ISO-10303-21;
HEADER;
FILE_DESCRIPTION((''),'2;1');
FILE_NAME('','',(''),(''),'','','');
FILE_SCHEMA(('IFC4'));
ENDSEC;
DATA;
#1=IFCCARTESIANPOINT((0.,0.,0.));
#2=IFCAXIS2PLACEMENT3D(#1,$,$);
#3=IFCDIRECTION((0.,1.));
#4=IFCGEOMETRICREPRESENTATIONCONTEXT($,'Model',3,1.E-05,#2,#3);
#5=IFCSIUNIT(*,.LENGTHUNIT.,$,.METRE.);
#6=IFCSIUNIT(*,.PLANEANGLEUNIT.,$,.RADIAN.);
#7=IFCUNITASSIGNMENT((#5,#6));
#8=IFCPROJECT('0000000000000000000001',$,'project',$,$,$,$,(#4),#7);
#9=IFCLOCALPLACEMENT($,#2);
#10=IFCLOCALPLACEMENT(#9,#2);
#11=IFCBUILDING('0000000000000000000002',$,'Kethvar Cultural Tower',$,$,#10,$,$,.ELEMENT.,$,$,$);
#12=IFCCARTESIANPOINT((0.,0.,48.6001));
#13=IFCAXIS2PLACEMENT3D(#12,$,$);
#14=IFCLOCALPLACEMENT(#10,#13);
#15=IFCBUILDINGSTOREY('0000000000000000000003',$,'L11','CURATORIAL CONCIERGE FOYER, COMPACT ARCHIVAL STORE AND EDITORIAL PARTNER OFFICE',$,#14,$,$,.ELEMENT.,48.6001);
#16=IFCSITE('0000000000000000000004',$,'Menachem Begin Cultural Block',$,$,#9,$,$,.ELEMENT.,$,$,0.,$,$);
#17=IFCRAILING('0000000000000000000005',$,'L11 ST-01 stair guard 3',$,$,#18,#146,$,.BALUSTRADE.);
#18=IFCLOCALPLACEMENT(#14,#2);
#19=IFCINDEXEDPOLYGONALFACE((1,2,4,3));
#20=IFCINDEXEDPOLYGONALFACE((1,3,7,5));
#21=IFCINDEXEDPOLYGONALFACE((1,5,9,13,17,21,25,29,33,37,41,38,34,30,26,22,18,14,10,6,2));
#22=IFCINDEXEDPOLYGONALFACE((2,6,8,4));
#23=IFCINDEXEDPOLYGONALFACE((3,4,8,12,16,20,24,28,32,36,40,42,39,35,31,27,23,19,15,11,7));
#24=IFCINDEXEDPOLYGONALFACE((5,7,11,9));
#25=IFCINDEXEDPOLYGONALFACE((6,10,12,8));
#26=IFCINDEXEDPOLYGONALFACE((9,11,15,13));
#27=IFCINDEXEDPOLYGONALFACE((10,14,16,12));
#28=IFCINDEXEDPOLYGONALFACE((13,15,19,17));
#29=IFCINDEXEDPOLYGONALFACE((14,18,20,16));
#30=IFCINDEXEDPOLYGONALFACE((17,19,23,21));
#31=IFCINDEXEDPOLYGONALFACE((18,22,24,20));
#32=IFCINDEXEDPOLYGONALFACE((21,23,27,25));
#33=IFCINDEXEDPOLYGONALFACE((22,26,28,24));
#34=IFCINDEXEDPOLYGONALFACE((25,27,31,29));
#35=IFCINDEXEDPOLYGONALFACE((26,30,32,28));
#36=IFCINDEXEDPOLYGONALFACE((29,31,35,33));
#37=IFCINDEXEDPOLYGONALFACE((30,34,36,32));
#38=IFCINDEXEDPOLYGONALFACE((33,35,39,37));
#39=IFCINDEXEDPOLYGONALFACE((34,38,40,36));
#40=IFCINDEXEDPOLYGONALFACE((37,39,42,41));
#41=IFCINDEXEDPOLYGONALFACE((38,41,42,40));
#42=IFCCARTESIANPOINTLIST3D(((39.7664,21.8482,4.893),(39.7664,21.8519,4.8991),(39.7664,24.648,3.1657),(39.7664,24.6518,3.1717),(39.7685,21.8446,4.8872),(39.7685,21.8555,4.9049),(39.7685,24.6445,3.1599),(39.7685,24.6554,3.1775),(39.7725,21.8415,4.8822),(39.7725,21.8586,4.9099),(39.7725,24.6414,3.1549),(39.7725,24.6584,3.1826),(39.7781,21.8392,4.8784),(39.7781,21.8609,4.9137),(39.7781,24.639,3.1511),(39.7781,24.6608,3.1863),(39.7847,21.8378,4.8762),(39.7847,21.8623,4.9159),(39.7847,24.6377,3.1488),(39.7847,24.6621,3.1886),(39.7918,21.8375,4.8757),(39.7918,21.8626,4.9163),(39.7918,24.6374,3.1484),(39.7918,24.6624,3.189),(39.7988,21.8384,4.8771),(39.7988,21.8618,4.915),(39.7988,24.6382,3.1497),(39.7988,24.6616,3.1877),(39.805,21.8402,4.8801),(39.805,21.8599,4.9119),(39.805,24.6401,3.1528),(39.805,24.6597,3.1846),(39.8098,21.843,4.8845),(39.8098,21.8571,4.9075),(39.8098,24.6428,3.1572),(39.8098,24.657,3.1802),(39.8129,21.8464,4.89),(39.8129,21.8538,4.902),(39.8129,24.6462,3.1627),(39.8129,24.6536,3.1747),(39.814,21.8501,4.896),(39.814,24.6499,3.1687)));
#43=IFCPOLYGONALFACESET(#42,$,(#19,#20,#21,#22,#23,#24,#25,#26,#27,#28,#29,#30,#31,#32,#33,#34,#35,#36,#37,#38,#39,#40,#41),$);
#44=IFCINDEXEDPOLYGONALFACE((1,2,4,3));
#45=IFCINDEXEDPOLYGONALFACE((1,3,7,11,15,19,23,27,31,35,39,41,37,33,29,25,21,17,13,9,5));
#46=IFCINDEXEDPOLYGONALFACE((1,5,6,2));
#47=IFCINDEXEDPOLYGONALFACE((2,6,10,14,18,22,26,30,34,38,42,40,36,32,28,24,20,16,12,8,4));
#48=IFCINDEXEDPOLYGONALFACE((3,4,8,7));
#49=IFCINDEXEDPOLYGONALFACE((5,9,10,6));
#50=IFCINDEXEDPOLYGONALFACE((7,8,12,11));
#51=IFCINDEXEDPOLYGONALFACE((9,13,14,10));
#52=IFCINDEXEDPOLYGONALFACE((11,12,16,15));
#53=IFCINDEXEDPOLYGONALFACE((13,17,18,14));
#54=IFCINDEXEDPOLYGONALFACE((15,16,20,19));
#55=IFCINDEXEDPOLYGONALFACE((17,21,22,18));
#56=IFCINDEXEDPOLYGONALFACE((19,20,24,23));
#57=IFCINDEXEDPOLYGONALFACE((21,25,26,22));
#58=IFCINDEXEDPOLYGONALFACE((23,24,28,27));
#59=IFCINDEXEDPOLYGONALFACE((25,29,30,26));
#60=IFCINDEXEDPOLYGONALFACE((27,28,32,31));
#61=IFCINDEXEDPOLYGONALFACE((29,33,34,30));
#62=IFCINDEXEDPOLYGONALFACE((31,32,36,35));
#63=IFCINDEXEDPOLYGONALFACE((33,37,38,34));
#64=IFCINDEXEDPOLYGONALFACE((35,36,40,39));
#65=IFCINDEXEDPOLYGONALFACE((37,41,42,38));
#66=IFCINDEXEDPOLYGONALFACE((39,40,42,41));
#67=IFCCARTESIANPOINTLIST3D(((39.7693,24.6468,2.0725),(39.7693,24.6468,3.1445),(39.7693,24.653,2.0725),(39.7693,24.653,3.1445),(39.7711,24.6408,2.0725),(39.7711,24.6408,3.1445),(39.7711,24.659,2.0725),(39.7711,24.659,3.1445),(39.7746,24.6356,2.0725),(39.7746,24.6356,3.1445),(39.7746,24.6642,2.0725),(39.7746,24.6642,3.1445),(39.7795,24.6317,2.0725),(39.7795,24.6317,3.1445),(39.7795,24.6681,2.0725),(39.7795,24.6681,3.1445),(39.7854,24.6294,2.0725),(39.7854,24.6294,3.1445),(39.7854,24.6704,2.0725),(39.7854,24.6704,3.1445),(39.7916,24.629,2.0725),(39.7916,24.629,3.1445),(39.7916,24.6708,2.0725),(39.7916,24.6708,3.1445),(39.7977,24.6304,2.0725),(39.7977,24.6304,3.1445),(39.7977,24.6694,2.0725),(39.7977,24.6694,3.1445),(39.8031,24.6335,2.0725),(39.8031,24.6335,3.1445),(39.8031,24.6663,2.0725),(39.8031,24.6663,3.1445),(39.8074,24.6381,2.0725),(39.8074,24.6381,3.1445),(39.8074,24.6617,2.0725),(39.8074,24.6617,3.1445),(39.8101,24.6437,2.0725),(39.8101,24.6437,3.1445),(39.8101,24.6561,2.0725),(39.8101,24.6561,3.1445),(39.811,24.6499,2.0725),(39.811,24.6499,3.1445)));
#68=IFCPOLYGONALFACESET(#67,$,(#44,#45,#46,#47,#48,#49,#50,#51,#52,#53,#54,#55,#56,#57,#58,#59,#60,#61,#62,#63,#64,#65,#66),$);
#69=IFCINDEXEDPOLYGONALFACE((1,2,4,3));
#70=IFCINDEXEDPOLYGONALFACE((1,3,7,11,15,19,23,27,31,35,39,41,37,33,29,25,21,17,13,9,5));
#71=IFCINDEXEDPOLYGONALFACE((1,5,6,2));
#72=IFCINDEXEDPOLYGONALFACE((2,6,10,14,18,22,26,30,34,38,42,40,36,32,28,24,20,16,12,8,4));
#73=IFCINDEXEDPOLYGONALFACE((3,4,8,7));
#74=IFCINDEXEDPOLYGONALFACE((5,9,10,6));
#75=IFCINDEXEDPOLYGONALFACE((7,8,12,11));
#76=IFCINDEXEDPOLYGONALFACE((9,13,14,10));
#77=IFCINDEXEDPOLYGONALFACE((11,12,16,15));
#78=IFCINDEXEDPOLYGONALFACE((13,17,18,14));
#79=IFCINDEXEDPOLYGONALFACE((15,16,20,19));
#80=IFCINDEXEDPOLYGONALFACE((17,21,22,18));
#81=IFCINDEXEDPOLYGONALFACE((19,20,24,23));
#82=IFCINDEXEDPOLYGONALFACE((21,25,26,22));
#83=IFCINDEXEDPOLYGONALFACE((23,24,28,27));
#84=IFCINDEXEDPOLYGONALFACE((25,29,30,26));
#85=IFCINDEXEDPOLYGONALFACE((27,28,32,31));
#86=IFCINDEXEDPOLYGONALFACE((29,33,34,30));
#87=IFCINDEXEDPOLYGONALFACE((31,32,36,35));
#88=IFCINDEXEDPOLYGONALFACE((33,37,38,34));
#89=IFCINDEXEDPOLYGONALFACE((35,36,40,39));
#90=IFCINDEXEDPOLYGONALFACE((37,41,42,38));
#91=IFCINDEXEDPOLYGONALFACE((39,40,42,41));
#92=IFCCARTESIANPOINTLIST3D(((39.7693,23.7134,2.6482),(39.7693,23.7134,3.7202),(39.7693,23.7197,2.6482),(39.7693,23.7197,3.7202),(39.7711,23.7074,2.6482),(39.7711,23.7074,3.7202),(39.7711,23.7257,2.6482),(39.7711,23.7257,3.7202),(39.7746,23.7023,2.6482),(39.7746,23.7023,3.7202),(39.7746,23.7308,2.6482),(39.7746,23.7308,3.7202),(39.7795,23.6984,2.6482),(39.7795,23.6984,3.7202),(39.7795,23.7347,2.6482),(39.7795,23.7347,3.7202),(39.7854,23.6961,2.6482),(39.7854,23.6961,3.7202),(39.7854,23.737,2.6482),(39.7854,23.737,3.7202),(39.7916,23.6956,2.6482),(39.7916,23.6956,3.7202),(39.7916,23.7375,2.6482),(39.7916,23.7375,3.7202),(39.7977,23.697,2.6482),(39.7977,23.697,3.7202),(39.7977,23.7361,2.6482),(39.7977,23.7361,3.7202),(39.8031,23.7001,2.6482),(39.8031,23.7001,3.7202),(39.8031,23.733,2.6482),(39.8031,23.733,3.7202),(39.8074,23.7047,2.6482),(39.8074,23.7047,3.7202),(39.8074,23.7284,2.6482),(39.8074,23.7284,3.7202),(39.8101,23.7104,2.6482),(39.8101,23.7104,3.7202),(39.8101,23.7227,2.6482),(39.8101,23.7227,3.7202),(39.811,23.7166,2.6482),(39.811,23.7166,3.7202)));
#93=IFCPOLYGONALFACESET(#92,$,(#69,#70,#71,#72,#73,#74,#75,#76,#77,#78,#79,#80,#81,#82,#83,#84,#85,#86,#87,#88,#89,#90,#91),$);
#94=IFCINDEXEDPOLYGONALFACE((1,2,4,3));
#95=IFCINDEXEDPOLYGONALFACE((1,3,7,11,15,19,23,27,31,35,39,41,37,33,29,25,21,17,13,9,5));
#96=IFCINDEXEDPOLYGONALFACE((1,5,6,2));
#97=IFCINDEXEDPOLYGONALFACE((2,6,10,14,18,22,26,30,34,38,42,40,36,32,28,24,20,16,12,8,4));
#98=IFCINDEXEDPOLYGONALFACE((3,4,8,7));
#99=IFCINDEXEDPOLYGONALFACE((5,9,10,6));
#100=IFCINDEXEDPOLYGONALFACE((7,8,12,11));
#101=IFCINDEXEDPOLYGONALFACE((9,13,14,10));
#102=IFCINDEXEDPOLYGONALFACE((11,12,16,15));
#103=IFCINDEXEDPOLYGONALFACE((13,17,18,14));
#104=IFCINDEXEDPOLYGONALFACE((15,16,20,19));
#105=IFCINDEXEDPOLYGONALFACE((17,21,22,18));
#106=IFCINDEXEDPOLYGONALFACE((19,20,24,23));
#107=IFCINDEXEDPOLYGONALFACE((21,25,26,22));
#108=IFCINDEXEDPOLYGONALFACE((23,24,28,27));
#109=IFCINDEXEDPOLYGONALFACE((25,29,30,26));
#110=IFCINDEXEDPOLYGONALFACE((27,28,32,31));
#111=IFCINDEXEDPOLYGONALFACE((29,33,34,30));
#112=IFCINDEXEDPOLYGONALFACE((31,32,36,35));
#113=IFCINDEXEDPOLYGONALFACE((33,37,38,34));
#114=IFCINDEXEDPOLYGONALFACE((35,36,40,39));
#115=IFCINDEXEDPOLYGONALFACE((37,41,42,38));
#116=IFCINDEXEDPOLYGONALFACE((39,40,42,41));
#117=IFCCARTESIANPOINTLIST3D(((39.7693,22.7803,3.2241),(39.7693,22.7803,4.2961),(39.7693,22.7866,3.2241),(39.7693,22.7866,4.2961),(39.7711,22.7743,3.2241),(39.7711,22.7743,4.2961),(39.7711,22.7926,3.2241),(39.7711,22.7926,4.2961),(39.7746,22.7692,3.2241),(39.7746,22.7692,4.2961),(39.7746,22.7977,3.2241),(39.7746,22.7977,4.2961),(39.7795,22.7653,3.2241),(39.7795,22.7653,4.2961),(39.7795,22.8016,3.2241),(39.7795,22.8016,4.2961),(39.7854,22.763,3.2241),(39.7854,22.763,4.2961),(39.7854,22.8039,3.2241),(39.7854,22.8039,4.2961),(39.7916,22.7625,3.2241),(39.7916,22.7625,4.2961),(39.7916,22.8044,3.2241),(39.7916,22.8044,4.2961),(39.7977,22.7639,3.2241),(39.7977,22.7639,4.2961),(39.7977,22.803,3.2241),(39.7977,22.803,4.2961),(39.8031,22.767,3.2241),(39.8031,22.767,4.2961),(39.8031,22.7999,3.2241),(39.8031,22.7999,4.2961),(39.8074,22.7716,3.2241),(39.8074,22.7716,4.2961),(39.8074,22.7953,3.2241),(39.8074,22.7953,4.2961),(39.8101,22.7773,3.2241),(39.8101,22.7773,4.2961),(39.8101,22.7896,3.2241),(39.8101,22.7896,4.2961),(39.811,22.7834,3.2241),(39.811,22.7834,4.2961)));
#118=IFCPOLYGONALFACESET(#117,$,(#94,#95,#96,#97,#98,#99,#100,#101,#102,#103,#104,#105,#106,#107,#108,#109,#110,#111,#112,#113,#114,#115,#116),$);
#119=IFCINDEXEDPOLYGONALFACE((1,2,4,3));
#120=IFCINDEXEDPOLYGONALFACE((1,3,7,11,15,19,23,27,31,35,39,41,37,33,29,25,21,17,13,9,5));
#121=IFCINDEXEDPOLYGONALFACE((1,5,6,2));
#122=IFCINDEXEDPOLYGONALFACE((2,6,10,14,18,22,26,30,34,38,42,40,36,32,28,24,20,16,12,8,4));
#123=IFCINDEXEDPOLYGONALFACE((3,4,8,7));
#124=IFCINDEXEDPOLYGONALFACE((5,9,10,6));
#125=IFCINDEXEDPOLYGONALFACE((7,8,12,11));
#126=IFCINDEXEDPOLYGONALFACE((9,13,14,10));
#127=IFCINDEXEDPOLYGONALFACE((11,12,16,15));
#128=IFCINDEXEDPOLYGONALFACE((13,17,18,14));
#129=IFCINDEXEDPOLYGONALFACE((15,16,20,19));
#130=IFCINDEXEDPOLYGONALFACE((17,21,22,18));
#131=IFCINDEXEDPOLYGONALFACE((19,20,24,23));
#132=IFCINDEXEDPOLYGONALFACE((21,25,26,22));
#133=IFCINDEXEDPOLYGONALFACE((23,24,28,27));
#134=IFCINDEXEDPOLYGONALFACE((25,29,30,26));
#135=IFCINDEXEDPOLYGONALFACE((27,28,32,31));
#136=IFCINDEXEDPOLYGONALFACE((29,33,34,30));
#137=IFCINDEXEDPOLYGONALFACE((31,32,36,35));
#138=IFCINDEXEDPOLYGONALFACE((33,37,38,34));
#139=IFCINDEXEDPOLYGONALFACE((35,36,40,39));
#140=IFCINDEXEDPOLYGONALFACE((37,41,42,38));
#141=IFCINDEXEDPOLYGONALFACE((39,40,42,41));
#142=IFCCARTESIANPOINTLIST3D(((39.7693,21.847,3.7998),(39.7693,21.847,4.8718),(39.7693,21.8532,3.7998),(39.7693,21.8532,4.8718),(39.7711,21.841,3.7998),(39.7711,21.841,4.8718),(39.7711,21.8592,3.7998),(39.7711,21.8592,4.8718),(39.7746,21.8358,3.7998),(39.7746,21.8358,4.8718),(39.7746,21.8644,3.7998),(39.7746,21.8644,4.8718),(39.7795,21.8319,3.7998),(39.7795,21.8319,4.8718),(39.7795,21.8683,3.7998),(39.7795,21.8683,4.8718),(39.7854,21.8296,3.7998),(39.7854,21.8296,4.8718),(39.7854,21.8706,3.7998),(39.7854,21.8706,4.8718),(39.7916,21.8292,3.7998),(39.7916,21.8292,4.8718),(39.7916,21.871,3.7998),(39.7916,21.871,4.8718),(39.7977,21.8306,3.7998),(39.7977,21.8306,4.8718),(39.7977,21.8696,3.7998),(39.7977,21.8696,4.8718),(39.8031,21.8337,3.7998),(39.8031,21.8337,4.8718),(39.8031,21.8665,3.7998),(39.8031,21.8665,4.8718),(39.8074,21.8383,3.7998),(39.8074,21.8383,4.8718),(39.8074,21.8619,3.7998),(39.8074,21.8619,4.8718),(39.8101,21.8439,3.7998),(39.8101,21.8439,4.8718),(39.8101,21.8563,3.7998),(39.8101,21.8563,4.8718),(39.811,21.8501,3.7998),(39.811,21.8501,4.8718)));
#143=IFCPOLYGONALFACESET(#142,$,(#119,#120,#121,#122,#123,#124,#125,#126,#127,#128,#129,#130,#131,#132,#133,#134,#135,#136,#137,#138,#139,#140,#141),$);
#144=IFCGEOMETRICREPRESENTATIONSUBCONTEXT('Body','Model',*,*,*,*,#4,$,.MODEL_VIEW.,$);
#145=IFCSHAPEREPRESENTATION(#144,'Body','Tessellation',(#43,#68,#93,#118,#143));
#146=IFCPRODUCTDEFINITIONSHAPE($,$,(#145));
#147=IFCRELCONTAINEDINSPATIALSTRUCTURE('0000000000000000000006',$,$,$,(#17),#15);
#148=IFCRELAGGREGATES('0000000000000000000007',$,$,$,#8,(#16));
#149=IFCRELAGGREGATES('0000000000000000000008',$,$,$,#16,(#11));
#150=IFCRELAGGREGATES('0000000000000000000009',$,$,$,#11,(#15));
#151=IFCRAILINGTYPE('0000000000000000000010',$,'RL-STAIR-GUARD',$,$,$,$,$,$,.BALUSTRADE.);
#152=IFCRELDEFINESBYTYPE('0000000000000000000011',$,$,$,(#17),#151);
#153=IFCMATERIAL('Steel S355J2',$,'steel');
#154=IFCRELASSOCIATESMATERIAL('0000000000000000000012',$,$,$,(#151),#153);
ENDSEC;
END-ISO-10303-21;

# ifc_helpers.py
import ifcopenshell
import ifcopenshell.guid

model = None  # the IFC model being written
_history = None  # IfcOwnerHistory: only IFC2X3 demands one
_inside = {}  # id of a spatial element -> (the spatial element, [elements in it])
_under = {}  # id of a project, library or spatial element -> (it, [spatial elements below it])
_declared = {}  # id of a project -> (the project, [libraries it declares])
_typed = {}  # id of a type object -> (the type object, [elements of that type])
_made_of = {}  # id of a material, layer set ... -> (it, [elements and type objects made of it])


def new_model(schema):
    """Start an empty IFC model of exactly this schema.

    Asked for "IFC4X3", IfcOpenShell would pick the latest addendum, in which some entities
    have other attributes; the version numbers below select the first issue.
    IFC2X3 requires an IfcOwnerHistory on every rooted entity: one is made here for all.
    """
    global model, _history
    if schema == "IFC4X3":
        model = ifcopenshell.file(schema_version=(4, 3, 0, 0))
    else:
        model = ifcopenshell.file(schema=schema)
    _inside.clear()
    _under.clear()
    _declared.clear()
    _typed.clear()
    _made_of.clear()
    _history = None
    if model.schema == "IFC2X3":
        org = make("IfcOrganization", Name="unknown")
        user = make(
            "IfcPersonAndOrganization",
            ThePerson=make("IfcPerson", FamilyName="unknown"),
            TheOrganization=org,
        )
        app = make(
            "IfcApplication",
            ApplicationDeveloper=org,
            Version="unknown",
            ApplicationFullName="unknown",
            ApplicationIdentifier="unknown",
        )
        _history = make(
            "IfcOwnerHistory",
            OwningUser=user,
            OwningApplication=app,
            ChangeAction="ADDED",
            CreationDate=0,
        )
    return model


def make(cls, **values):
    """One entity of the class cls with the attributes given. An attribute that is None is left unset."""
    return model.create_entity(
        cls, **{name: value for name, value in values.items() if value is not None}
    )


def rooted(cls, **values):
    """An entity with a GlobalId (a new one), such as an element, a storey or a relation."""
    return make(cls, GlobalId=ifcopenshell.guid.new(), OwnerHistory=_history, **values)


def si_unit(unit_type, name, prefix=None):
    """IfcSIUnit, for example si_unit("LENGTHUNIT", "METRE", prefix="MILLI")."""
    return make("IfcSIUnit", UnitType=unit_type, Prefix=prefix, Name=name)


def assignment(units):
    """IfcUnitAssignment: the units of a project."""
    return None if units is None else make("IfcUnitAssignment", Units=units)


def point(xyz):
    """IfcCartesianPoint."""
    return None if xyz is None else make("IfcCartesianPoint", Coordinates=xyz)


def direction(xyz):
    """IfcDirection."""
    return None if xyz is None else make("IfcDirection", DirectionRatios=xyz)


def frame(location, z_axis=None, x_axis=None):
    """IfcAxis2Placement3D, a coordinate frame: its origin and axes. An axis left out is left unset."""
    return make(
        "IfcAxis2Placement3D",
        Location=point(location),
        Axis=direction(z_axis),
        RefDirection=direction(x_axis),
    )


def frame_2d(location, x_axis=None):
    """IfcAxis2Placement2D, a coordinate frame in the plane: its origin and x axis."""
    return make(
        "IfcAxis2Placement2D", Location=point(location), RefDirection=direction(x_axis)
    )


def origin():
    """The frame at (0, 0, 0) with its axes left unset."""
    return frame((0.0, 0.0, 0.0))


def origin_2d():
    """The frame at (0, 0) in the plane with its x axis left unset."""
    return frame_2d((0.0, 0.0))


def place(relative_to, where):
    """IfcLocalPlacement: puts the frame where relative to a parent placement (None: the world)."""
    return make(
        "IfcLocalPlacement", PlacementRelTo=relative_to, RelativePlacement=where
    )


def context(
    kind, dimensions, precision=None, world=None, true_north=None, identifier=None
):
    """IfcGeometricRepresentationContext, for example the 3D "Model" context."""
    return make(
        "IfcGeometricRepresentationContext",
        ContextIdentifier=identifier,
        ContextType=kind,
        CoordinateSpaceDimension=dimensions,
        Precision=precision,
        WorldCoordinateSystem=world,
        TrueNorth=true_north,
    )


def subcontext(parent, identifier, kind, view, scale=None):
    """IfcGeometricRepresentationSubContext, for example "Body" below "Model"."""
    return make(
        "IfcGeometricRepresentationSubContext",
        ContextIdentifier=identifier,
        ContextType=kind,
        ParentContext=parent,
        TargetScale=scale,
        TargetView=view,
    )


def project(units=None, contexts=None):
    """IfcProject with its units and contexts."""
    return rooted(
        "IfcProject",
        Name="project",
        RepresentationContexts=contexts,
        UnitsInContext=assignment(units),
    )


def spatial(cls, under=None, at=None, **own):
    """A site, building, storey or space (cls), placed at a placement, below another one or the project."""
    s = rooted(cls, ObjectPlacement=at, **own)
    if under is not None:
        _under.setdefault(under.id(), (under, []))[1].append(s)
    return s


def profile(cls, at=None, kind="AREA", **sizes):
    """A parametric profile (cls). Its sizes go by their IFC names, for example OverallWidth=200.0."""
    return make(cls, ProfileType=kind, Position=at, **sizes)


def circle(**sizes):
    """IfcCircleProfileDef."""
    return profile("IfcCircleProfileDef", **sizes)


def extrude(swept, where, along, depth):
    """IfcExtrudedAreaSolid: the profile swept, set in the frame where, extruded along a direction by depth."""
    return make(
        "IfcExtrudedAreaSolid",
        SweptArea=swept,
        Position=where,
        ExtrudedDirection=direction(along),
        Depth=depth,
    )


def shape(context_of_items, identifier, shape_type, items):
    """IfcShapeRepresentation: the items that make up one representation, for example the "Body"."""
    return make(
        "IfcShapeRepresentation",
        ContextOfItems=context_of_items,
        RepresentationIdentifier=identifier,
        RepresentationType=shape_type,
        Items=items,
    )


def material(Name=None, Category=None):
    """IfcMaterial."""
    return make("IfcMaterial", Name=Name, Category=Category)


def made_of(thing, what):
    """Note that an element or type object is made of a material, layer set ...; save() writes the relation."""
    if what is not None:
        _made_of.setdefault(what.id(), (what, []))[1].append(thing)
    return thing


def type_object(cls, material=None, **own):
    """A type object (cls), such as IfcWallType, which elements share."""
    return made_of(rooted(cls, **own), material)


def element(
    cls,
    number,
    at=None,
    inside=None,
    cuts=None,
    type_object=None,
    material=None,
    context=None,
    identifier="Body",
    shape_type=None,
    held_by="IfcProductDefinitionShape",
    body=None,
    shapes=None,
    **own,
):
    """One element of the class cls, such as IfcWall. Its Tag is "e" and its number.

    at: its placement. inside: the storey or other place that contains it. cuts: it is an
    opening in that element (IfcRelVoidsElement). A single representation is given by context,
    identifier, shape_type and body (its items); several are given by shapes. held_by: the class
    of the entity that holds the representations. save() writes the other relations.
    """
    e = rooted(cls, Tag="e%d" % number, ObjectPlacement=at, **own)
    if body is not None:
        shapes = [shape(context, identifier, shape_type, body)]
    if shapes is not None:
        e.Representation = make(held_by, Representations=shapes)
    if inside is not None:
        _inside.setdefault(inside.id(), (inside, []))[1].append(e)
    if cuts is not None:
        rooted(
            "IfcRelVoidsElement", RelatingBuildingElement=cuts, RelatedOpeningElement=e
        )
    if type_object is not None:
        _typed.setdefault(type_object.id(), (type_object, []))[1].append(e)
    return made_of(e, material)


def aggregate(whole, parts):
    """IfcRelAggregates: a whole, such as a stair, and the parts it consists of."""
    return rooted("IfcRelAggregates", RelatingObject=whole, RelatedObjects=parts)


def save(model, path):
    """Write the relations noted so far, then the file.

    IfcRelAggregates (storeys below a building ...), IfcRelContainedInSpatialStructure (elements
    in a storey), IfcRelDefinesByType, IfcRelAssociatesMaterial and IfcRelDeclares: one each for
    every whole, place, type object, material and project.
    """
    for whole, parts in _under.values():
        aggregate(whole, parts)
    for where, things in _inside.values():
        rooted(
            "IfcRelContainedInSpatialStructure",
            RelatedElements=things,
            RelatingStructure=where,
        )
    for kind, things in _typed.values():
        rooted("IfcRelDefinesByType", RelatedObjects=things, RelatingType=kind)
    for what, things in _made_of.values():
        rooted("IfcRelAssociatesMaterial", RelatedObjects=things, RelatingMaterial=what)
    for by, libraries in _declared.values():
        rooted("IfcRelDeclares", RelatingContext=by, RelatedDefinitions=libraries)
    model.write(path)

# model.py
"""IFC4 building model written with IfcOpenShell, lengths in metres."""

from ifc_helpers import new_model, si_unit, direction, frame, origin, origin_2d, place, context, subcontext, project, spatial, circle, extrude, material, type_object, element, save


model = new_model("IFC4")

# Units and contexts
model_context = context("Model", 3, precision=1e-05, world=origin(), true_north=direction((0.0, 1.0)))
body_context = subcontext(model_context, "Body", "Model", "MODEL_VIEW")
ifc_project = project(units=[si_unit("LENGTHUNIT", "METRE"), si_unit("PLANEANGLEUNIT", "RADIAN")], contexts=[model_context])

# Site, building, storey
site_placement = place(None, origin())
site = spatial("IfcSite", under=ifc_project, at=site_placement, Name="Menachem Begin Cultural Block", CompositionType="ELEMENT", RefElevation=0.0)
building_placement = place(site_placement, origin())
building = spatial("IfcBuilding", under=site, at=building_placement, Name="Kethvar Cultural Tower", CompositionType="ELEMENT")
storey_placement = place(building_placement, frame((0.0, 0.0, 48.6001)))
storey = spatial("IfcBuildingStorey", under=building, at=storey_placement, Name="L11", Description="CURATORIAL CONCIERGE FOYER, COMPACT ARCHIVAL STORE AND EDITORIAL PARTNER OFFICE", CompositionType="ELEMENT", Elevation=48.6001)

# Shared definitions
ifc_material_1 = material(Name="Steel S355J2", Category="steel")

# Railing
railing_type_1 = type_object("IfcRailingType", Name="RL-STAIR-GUARD", PredefinedType="BALUSTRADE", material=ifc_material_1)
railing_1_placement = place(storey_placement, frame((39.79, 24.6499, 2.0725)))
element("IfcRailing", 1, at=railing_1_placement, inside=storey, type_object=railing_type_1, Name="L11 ST-01 stair guard 3", PredefinedType="BALUSTRADE", context=body_context, shape_type="SweptSolid", body=[
    extrude(circle(Radius=0.0239, at=origin_2d()), frame((0.0, 0.0, 1.0962), z_axis=(0.0, -0.851069, 0.525054), x_axis=(1.0, 0.0, 0.0)), (0.0, 0.0, 1.0), 3.2898),
    extrude(circle(Radius=0.021, at=origin_2d()), origin(), (0.0, 0.0, 1.0), 1.072),
    extrude(circle(Radius=0.021, at=origin_2d()), frame((0.0, -0.9333, 0.5757)), (0.0, 0.0, 1.0), 1.072),
    extrude(circle(Radius=0.021, at=origin_2d()), frame((0.0, -1.8665, 1.1516)), (0.0, 0.0, 1.0), 1.072),
    extrude(circle(Radius=0.021, at=origin_2d()), frame((0.0, -2.7998, 1.7273)), (0.0, 0.0, 1.0), 1.072),
])

save(model, "model.ifc")
